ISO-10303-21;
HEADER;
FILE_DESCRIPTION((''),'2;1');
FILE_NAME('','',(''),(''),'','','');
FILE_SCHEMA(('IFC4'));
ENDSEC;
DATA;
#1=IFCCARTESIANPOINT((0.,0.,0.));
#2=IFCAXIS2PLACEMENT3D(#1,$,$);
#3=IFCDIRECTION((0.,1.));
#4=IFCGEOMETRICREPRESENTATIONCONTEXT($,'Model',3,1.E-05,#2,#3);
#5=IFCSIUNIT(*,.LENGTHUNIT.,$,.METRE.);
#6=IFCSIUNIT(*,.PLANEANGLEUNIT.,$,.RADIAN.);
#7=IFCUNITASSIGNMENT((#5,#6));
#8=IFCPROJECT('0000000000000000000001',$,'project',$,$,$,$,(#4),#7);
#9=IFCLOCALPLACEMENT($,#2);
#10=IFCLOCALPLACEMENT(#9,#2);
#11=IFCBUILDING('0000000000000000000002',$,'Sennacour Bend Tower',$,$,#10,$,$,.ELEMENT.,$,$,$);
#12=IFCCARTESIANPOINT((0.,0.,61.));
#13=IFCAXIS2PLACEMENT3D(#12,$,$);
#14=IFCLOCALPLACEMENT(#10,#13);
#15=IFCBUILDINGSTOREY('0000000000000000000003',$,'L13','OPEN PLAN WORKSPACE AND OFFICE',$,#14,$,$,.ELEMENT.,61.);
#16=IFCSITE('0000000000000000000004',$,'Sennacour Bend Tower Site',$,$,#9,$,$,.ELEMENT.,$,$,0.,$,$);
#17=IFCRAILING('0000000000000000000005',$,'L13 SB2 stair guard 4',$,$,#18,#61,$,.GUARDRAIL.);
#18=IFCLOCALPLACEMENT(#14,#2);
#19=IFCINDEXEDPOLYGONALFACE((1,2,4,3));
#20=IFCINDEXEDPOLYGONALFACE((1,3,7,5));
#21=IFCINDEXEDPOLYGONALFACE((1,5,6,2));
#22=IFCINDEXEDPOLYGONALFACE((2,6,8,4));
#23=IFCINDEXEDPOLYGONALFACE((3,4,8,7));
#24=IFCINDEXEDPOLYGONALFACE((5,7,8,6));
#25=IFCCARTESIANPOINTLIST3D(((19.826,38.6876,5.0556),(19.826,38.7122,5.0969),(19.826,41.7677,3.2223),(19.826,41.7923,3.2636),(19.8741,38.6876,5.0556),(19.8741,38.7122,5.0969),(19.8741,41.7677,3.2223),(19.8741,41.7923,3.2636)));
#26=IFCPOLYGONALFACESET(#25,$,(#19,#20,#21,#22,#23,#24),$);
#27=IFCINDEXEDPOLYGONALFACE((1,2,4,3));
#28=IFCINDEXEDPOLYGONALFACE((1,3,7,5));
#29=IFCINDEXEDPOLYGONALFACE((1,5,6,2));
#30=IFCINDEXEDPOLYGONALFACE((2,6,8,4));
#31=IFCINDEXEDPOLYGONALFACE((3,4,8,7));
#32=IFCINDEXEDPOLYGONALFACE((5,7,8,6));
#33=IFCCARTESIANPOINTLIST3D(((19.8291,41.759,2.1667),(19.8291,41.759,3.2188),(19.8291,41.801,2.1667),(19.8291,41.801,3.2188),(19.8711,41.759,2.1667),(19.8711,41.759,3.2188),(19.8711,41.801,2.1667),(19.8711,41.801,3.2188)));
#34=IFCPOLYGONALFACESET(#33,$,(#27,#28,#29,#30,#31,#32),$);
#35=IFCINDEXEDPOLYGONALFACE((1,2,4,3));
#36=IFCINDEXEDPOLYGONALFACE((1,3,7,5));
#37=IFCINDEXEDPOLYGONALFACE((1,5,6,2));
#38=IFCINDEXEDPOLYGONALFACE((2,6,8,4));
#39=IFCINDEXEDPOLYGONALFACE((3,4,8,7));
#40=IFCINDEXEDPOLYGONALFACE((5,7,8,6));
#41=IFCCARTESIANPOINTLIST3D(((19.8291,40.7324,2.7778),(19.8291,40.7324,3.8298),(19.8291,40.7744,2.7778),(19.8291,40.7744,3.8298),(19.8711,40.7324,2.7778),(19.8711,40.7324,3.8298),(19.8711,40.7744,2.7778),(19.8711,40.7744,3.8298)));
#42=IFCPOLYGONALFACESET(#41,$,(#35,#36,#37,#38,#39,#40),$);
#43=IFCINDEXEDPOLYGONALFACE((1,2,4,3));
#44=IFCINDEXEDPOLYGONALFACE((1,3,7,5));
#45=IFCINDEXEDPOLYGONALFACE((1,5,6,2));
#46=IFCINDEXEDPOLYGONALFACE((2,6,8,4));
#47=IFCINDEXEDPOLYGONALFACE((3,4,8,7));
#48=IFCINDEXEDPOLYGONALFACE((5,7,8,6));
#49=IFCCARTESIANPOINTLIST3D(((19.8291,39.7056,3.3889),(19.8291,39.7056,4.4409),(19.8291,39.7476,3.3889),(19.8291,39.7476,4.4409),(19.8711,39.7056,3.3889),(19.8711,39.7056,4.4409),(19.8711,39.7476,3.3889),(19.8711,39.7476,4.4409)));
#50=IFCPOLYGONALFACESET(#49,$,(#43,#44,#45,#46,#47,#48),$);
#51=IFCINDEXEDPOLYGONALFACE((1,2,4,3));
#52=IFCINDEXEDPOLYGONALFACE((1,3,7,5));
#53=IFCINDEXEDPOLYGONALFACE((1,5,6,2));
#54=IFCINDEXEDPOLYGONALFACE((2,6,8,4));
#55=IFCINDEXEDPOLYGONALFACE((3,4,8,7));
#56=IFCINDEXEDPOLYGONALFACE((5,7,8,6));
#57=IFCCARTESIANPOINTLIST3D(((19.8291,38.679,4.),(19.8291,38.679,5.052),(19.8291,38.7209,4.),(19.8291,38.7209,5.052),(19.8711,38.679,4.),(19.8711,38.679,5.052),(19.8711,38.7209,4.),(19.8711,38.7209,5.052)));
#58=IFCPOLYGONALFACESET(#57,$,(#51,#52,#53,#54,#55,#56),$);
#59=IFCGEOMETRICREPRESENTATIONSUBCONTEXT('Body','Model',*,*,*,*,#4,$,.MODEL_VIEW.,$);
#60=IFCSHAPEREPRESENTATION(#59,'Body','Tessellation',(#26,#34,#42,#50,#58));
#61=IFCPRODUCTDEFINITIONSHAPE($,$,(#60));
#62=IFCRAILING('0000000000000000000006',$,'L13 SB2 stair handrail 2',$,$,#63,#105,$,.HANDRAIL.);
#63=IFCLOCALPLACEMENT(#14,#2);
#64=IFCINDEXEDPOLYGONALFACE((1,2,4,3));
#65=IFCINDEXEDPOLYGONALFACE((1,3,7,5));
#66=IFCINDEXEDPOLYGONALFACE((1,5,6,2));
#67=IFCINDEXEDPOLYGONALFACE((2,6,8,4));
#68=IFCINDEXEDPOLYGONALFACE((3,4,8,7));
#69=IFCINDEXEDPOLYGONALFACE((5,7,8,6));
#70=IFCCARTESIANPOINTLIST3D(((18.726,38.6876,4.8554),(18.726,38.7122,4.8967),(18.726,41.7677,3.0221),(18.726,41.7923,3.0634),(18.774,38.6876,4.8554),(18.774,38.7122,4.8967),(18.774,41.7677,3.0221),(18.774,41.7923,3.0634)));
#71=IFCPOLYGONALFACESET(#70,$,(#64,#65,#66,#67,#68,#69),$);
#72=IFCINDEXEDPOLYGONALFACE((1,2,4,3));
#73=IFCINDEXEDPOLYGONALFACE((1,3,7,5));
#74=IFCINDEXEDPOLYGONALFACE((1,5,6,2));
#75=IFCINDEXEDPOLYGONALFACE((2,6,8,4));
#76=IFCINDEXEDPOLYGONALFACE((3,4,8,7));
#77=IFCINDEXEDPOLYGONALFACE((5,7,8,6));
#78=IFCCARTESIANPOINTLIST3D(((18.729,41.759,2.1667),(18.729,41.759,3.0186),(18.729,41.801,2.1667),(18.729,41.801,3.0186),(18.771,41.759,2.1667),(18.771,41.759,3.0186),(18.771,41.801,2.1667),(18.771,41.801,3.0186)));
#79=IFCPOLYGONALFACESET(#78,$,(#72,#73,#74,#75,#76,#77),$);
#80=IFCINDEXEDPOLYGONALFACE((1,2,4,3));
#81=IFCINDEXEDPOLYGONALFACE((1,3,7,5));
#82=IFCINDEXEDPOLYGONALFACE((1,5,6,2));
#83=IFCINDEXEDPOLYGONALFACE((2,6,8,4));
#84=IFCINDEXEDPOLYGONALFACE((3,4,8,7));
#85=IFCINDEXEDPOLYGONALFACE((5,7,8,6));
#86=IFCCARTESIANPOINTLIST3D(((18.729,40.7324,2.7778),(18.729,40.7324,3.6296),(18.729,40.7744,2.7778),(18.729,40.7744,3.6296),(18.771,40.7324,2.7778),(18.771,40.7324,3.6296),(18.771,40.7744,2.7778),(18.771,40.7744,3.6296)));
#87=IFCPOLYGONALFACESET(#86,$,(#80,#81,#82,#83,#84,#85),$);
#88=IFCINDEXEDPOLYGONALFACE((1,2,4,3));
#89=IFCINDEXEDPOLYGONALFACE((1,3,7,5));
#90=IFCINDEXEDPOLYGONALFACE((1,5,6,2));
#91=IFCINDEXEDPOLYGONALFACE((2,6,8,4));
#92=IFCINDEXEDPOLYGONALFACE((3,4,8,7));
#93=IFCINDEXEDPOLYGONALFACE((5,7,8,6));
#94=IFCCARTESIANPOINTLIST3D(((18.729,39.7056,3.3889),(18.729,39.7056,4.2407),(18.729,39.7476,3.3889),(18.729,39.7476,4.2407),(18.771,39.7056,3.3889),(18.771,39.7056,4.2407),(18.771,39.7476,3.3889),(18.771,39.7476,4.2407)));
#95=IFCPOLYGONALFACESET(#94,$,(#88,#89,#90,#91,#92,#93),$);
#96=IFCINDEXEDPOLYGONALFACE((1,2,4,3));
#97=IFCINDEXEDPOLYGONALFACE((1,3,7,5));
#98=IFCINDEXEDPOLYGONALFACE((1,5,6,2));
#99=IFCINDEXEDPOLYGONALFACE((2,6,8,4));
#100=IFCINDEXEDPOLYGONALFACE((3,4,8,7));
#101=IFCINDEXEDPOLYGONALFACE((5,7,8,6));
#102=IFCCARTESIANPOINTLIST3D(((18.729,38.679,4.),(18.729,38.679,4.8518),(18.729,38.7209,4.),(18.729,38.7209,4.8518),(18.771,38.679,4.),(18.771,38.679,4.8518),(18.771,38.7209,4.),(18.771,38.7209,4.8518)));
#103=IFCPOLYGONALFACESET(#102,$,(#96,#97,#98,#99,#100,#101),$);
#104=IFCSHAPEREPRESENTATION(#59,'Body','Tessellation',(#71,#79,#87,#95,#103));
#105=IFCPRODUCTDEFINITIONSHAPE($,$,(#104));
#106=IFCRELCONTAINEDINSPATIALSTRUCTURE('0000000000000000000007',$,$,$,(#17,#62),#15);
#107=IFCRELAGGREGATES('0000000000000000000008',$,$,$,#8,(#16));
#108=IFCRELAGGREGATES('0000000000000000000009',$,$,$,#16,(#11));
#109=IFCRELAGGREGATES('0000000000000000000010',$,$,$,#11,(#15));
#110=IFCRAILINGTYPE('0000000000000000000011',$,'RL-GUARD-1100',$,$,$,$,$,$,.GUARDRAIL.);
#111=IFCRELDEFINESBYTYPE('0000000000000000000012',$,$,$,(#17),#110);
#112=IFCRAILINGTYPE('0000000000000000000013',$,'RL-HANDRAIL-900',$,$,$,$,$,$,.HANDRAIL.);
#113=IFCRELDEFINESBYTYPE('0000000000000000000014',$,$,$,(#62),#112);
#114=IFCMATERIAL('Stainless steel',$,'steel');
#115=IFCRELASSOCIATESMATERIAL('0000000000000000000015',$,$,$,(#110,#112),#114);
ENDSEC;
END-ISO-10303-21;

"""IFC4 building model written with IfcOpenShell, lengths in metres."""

from ifc_helpers import new_model, si_unit, direction, frame, origin, origin_2d, place, context, subcontext, project, spatial, rectangle, extrude, material, type_object, element, save


model = new_model("IFC4")

# Units and contexts
model_context = context("Model", 3, precision=1e-05, world=origin(), true_north=direction((0.0, 1.0)))
body_context = subcontext(model_context, "Body", "Model", "MODEL_VIEW")
ifc_project = project(units=[si_unit("LENGTHUNIT", "METRE"), si_unit("PLANEANGLEUNIT", "RADIAN")], contexts=[model_context])

# Site, building, storey
site_placement = place(None, origin())
site = spatial("IfcSite", under=ifc_project, at=site_placement, Name="Sennacour Bend Tower Site", CompositionType="ELEMENT", RefElevation=0.0)
building_placement = place(site_placement, origin())
building = spatial("IfcBuilding", under=site, at=building_placement, Name="Sennacour Bend Tower", CompositionType="ELEMENT")
storey_placement = place(building_placement, frame((0.0, 0.0, 61.0)))
storey = spatial("IfcBuildingStorey", under=building, at=storey_placement, Name="L13", Description="OPEN PLAN WORKSPACE AND OFFICE", CompositionType="ELEMENT", Elevation=61.0)

# Railings
ifc_material_1 = material(Name="Stainless steel", Category="steel")
railing_type_1 = type_object("IfcRailingType", Name="RL-GUARD-1100", PredefinedType="GUARDRAIL", material=ifc_material_1)
railing_1_placement = place(storey_placement, frame((19.8501, 41.78, 2.1667)))
element("IfcRailing", 1, at=railing_1_placement, inside=storey, type_object=railing_type_1, Name="L13 SB2 stair guard 4", PredefinedType="GUARDRAIL", context=body_context, shape_type="SweptSolid", body=[
    extrude(rectangle(XDim=0.0481, YDim=0.0481, at=origin_2d()), frame((0.0, 0.0, 1.0762), z_axis=(0.0, -0.859309, 0.511458), x_axis=(1.0, 0.0, 0.0)), (0.0, 0.0, 1.0), 3.5845),
    extrude(rectangle(XDim=0.042, YDim=0.042, at=origin_2d()), origin(), (0.0, 0.0, 1.0), 1.052),
    extrude(rectangle(XDim=0.042, YDim=0.042, at=origin_2d()), frame((0.0, -1.0266, 0.6111)), (0.0, 0.0, 1.0), 1.052),
    extrude(rectangle(XDim=0.042, YDim=0.042, at=origin_2d()), frame((0.0, -2.0535, 1.2222)), (0.0, 0.0, 1.0), 1.052),
    extrude(rectangle(XDim=0.042, YDim=0.042, at=origin_2d()), frame((0.0, -3.0801, 1.8333)), (0.0, 0.0, 1.0), 1.052),
])
railing_type_2 = type_object("IfcRailingType", Name="RL-HANDRAIL-900", PredefinedType="HANDRAIL", material=ifc_material_1)
railing_2_placement = place(storey_placement, frame((18.75, 41.78, 2.1667)))
element("IfcRailing", 2, at=railing_2_placement, inside=storey, type_object=railing_type_2, Name="L13 SB2 stair handrail 2", PredefinedType="HANDRAIL", context=body_context, shape_type="SweptSolid", body=[
    extrude(rectangle(XDim=0.0481, YDim=0.0481, at=origin_2d()), frame((0.0, 0.0, 0.876), z_axis=(0.0, -0.859309, 0.511458), x_axis=(1.0, 0.0, 0.0)), (0.0, 0.0, 1.0), 3.5845),
    extrude(rectangle(XDim=0.042, YDim=0.042, at=origin_2d()), origin(), (0.0, 0.0, 1.0), 0.8518),
    extrude(rectangle(XDim=0.042, YDim=0.042, at=origin_2d()), frame((0.0, -1.0266, 0.6111)), (0.0, 0.0, 1.0), 0.8518),
    extrude(rectangle(XDim=0.042, YDim=0.042, at=origin_2d()), frame((0.0, -2.0535, 1.2222)), (0.0, 0.0, 1.0), 0.8518),
    extrude(rectangle(XDim=0.042, YDim=0.042, at=origin_2d()), frame((0.0, -3.0801, 1.8333)), (0.0, 0.0, 1.0), 0.8518),
])

save(model, "model.ifc")
